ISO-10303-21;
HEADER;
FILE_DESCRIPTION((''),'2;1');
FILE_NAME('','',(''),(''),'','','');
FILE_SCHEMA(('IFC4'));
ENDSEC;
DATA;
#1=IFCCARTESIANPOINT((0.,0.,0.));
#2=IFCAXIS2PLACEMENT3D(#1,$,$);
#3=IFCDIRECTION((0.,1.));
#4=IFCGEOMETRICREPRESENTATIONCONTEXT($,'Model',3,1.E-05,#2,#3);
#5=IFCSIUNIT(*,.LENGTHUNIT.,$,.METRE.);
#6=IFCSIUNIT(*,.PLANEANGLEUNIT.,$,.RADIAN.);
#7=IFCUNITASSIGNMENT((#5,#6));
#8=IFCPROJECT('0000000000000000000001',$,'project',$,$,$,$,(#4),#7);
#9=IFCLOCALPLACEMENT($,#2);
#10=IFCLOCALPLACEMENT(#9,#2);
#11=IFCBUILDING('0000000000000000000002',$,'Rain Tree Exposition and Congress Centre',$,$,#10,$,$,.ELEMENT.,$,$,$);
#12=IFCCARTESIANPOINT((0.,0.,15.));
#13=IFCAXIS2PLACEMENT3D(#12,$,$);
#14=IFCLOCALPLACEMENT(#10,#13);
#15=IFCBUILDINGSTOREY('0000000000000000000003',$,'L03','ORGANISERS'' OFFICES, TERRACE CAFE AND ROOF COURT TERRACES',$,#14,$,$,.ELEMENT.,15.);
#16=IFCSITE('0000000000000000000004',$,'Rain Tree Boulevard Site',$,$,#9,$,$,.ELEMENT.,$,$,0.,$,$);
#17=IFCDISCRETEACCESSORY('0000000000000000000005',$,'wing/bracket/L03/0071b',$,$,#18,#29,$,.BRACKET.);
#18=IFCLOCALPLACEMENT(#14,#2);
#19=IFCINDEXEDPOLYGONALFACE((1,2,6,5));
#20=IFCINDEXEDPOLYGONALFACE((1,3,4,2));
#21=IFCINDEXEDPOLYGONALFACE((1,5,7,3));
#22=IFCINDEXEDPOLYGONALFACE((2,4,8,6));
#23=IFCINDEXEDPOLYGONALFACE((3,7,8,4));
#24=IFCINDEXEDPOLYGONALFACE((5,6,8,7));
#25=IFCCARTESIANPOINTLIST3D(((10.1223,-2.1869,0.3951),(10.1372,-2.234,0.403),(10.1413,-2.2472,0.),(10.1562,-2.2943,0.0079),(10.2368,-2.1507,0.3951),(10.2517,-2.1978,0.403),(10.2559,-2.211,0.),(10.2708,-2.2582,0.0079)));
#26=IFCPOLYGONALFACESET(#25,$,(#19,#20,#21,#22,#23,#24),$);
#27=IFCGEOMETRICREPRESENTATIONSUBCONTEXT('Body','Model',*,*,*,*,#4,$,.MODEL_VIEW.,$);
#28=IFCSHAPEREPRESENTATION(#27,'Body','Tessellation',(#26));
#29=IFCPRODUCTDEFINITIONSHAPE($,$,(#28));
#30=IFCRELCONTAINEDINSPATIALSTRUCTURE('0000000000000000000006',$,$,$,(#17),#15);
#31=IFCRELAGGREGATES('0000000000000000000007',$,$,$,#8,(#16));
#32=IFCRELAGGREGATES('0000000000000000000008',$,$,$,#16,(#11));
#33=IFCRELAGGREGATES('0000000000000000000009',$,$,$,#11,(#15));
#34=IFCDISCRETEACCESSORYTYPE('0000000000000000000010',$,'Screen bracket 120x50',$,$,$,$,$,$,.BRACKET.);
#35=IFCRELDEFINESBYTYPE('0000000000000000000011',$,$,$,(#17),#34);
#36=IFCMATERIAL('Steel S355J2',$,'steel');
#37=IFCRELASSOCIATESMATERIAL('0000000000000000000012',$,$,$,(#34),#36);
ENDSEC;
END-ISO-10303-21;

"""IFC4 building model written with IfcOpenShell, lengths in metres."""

from ifc_helpers import new_model, si_unit, direction, frame, origin, origin_2d, place, context, subcontext, project, spatial, rectangle, extrude, material, material_profile, profile_set, type_object, element, save


model = new_model("IFC4")

# Units and contexts
model_context = context("Model", 3, precision=1e-05, world=origin(), true_north=direction((0.0, 1.0)))
body_context = subcontext(model_context, "Body", "Model", "MODEL_VIEW")
ifc_project = project(units=[si_unit("LENGTHUNIT", "METRE"), si_unit("PLANEANGLEUNIT", "RADIAN")], contexts=[model_context])

# Site, building, storey
site_placement = place(None, origin())
site = spatial("IfcSite", under=ifc_project, at=site_placement, Name="Rain Tree Boulevard Site", CompositionType="ELEMENT", RefElevation=0.0)
building_placement = place(site_placement, origin())
building = spatial("IfcBuilding", under=site, at=building_placement, Name="Rain Tree Exposition and Congress Centre", CompositionType="ELEMENT")
storey_placement = place(building_placement, frame((0.0, 0.0, 15.0)))
storey = spatial("IfcBuildingStorey", under=building, at=storey_placement, Name="L03", Description="ORGANISERS' OFFICES, TERRACE CAFE AND ROOF COURT TERRACES", CompositionType="ELEMENT", Elevation=15.0)

# Discrete accessory
ifc_material_1 = material(Name="Steel S355J2", Category="steel")
ifc_material_profile_1 = material_profile(ifc_material_1, rectangle(XDim=0.1201, YDim=0.05, at=origin_2d()), Name="Flat bar 120x50")
ifc_profile_set_1 = profile_set([ifc_material_profile_1], Name="Steel S355J2")
discrete_accessory_type = type_object("IfcDiscreteAccessoryType", Name="Screen bracket 120x50", PredefinedType="BRACKET", material=ifc_profile_set_1)
for number, where, z_axis, x_axis, name in (
    (1, (10.2061, -2.2527, 0.0039), (-0.047602, 0.150738, 0.987427), (-0.953583, -0.301131, 0.0), "wing/bracket/L03/0071b"),
):
    element("IfcDiscreteAccessory", number, at=place(storey_placement, frame(where, z_axis=z_axis, x_axis=x_axis)), inside=storey, type_object=discrete_accessory_type, Name=name, PredefinedType="BRACKET", context=body_context, shape_type="SweptSolid", body=[
        extrude(rectangle(XDim=0.1201, YDim=0.05, at=origin_2d()), origin(), (0.0, 0.0, 1.0), 0.4001),
    ])

save(model, "model.ifc")
